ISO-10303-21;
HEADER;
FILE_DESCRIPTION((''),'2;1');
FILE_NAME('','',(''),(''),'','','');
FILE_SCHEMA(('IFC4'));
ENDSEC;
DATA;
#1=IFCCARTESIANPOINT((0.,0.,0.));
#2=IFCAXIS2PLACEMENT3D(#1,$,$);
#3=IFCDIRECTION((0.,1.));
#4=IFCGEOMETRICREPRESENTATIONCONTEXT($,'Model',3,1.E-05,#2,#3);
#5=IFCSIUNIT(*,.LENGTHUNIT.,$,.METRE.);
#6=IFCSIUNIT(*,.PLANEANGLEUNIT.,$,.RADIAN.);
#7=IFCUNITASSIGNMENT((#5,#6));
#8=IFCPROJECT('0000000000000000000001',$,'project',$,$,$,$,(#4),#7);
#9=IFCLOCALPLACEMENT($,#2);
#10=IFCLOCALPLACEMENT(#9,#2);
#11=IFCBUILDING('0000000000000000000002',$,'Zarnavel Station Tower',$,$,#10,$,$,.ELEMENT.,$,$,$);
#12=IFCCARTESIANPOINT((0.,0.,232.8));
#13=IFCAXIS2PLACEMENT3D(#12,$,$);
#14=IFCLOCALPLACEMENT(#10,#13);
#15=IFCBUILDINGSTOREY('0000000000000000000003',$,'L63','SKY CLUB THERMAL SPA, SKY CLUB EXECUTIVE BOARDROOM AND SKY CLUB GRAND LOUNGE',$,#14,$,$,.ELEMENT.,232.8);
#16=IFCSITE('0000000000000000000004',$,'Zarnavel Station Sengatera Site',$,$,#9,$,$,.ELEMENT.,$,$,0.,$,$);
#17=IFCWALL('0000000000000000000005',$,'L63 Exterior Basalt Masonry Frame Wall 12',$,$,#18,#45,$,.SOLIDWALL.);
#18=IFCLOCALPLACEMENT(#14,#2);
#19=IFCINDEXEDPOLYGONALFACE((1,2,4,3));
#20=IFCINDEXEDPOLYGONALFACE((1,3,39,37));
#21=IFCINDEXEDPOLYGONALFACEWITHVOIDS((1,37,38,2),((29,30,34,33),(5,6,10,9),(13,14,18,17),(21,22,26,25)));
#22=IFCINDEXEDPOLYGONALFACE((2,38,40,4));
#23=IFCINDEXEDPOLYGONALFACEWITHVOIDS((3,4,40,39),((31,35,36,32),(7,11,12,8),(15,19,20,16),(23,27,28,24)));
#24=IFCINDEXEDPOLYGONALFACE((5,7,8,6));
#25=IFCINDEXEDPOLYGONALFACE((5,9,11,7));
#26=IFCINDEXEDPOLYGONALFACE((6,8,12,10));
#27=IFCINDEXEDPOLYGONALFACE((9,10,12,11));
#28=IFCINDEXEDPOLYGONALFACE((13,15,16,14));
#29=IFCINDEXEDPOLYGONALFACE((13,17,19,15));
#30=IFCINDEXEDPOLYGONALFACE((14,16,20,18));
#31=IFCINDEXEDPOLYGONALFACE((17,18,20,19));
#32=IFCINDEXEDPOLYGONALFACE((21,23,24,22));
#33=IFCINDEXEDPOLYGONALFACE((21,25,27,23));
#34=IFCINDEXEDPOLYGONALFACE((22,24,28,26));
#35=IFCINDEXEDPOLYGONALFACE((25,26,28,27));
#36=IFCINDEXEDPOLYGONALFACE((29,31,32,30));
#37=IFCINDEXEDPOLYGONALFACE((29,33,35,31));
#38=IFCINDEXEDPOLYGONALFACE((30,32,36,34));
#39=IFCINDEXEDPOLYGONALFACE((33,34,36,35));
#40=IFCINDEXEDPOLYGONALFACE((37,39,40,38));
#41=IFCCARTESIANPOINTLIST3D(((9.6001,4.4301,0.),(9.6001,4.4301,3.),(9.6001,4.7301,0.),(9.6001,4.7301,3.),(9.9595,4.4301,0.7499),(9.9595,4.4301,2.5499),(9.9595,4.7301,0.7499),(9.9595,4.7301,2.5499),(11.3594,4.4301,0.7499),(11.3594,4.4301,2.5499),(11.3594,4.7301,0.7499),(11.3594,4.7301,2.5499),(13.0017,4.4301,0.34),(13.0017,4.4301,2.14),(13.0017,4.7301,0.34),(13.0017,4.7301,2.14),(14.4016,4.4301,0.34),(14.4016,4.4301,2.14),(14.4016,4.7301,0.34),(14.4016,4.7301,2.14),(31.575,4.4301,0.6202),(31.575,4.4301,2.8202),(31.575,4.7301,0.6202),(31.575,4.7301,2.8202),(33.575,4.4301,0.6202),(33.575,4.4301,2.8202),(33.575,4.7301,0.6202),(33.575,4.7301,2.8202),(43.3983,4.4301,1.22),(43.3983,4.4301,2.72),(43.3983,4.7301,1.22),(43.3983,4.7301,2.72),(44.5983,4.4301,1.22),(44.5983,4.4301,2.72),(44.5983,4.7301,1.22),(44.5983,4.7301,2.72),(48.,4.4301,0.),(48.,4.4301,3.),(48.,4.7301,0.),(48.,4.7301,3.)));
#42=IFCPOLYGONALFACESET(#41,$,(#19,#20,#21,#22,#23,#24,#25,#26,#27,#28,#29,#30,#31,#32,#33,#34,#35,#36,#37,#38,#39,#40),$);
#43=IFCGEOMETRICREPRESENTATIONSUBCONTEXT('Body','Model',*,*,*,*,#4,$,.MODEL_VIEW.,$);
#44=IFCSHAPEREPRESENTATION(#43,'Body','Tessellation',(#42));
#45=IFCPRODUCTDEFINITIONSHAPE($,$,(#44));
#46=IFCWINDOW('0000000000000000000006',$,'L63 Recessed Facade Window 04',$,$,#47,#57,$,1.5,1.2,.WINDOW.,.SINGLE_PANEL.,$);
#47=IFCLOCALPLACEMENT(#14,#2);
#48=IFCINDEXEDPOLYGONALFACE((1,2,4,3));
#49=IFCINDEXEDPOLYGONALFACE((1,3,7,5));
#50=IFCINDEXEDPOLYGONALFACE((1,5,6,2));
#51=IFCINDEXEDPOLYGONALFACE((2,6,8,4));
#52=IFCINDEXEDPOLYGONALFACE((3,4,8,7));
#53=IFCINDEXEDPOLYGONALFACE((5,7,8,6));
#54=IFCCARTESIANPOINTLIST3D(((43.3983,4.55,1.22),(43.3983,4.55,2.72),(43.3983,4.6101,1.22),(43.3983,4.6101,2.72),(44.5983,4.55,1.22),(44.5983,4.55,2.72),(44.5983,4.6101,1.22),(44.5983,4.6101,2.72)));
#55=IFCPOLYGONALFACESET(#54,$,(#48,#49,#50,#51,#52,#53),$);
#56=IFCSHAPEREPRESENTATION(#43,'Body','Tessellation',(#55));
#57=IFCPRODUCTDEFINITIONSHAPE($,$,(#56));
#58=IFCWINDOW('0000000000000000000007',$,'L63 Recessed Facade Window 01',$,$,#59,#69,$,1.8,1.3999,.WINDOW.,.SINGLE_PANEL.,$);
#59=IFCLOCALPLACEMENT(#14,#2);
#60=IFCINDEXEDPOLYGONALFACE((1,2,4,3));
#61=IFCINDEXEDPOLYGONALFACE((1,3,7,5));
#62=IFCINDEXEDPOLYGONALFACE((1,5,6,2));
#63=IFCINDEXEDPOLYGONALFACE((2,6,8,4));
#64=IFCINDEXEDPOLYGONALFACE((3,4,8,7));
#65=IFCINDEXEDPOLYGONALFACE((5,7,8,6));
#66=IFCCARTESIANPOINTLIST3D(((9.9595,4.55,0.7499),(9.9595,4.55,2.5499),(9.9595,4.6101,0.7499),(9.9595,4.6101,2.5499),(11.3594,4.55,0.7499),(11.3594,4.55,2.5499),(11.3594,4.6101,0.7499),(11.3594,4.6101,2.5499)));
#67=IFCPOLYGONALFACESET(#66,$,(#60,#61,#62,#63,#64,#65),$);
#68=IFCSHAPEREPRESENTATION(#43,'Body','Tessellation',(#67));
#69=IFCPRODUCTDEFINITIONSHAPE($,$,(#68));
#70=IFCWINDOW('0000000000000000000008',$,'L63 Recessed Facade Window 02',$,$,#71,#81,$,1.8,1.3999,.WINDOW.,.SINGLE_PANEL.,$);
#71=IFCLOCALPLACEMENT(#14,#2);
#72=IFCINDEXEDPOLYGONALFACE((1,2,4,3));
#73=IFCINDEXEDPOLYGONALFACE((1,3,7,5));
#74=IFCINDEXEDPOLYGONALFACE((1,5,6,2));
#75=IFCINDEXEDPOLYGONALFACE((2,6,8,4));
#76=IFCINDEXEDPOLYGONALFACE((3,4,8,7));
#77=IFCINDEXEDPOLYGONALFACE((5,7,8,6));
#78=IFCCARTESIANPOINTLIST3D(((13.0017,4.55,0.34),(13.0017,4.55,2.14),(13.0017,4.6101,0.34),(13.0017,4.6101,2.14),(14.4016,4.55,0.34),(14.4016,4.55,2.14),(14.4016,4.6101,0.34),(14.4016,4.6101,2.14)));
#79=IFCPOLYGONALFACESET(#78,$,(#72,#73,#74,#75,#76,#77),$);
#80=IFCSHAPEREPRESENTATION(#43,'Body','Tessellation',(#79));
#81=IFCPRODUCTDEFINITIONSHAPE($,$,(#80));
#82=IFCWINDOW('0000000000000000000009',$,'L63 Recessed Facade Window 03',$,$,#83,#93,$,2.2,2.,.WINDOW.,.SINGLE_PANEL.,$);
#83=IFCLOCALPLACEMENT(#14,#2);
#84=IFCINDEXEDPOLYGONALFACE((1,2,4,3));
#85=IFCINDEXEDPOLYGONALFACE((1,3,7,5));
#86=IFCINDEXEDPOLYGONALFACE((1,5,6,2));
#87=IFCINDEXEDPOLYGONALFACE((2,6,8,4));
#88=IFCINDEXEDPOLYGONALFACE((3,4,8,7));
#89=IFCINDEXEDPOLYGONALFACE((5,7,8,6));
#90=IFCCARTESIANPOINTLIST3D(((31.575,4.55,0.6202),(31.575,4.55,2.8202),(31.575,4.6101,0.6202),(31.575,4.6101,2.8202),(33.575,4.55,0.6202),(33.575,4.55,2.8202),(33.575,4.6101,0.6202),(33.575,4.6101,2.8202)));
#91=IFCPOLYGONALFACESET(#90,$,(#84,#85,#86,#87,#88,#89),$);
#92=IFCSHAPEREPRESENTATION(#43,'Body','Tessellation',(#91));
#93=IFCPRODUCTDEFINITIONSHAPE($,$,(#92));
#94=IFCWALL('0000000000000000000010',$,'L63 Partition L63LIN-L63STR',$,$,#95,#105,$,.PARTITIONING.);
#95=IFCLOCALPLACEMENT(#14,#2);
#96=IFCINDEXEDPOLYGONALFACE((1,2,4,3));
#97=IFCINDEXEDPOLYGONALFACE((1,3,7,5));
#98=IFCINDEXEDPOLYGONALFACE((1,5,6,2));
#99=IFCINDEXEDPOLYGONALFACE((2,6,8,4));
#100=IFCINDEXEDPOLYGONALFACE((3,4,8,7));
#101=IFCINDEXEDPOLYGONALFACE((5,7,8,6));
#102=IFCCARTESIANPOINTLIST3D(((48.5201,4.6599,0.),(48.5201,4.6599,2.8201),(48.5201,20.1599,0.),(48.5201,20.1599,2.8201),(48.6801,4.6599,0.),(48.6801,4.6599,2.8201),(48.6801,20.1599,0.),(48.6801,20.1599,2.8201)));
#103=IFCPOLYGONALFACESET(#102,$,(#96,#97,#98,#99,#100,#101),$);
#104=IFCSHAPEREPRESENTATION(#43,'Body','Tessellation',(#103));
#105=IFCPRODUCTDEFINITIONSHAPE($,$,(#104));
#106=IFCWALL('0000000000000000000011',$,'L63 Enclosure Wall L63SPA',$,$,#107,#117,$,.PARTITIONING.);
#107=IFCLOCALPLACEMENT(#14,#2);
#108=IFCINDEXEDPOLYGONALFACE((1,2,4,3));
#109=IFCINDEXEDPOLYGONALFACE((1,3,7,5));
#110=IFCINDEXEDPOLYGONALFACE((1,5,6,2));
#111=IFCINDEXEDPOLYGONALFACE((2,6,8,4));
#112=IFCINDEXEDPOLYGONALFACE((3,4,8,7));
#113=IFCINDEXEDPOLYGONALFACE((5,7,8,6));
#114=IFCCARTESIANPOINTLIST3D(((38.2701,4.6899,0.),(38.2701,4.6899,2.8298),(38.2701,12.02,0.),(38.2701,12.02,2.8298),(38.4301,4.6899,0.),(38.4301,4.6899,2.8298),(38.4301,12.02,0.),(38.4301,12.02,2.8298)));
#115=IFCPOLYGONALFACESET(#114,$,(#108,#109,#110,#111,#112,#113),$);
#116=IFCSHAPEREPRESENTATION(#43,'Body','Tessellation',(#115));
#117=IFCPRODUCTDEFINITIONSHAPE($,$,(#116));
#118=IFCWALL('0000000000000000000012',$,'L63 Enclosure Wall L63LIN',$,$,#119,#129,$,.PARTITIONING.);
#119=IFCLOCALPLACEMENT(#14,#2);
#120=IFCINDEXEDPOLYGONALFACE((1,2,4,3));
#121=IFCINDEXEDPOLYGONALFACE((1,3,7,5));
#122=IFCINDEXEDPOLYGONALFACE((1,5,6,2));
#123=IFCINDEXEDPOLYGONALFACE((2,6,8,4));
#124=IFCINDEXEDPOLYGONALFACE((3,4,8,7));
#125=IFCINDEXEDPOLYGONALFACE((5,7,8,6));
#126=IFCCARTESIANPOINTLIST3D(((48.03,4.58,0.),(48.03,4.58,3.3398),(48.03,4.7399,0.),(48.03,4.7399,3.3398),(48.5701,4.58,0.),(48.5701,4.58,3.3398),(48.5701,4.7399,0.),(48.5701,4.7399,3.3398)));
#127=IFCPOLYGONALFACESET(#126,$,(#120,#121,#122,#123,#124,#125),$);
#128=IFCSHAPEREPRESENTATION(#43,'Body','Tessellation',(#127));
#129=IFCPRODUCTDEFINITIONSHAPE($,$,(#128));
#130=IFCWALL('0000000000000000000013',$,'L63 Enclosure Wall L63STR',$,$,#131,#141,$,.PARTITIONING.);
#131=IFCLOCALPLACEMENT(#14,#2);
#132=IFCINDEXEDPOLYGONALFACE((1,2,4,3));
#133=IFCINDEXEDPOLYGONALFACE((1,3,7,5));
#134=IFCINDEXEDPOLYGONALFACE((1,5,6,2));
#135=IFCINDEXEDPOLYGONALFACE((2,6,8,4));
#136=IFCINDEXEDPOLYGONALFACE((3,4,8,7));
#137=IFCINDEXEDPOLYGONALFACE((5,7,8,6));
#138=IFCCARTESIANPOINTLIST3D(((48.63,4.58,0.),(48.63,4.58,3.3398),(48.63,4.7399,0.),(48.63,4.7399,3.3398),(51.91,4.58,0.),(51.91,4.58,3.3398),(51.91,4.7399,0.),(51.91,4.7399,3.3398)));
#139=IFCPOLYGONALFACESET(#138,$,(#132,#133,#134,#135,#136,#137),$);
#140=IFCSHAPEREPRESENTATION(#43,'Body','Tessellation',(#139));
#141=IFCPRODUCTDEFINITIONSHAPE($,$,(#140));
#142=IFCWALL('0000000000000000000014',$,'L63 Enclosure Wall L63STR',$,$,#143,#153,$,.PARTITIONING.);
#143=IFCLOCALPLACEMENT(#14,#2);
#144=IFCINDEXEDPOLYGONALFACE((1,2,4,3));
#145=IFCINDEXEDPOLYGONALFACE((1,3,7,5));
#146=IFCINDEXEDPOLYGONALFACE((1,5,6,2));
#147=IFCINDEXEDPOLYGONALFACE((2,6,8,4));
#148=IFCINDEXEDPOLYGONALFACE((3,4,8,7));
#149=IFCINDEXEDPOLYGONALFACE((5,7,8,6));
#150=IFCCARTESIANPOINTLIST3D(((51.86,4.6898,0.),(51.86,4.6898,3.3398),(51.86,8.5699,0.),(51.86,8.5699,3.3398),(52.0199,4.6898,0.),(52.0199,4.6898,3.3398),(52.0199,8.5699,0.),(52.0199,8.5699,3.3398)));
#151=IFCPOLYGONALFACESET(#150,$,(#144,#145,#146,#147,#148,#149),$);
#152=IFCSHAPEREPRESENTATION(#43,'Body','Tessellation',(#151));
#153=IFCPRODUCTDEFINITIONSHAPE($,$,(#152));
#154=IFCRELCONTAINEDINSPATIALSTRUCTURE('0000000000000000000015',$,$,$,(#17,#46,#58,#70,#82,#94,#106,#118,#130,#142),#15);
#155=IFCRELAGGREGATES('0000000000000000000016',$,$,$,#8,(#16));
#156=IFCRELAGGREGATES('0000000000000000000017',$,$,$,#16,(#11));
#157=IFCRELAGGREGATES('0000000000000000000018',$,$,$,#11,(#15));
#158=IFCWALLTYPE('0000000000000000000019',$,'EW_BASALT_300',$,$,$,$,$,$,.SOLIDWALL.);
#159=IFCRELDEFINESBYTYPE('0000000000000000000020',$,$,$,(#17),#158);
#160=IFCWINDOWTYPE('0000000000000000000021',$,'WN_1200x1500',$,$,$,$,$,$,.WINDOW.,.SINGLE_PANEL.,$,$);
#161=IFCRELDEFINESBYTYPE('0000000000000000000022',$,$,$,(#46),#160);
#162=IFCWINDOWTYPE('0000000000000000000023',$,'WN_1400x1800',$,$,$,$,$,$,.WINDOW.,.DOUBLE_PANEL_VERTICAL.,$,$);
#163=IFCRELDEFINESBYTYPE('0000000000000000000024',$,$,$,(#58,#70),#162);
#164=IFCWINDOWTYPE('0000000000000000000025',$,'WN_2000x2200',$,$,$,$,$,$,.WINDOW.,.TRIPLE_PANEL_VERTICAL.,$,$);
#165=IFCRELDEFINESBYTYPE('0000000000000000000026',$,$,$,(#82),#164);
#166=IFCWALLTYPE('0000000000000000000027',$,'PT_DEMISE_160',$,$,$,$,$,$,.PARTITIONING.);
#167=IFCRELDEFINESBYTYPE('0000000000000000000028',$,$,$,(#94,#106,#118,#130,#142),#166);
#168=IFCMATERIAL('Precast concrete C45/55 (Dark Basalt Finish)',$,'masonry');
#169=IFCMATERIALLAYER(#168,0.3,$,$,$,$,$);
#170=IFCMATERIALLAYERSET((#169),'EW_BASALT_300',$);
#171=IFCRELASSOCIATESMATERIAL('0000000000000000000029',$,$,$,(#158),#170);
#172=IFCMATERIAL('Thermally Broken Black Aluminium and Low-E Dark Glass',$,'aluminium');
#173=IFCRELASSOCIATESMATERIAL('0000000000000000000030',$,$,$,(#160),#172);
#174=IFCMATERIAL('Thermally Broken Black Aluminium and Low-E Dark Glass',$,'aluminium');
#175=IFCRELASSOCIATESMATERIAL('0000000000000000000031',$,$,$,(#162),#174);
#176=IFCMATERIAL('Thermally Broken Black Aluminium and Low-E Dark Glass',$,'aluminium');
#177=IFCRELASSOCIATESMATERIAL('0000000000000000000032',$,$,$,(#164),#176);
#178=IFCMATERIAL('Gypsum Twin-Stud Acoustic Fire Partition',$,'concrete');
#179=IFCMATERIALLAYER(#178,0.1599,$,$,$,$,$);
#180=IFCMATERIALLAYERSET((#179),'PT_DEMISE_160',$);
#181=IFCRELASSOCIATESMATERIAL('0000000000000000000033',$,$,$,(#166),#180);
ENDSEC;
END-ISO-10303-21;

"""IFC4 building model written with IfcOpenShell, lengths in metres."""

from ifc_helpers import new_model, si_unit, direction, frame, frame_2d, origin, place, context, subcontext, project, spatial, rectangle, extrude, material, layer, layer_set, type_object, element, fill, save


model = new_model("IFC4")

# Units and contexts
model_context = context("Model", 3, precision=1e-05, world=origin(), true_north=direction((0.0, 1.0)))
body_context = subcontext(model_context, "Body", "Model", "MODEL_VIEW")
ifc_project = project(units=[si_unit("LENGTHUNIT", "METRE"), si_unit("PLANEANGLEUNIT", "RADIAN")], contexts=[model_context])

# Site, building, storey
site_placement = place(None, origin())
site = spatial("IfcSite", under=ifc_project, at=site_placement, Name="Zarnavel Station Sengatera Site", CompositionType="ELEMENT", RefElevation=0.0)
building_placement = place(site_placement, origin())
building = spatial("IfcBuilding", under=site, at=building_placement, Name="Zarnavel Station Tower", CompositionType="ELEMENT")
storey_placement = place(building_placement, frame((0.0, 0.0, 232.8)))
storey = spatial("IfcBuildingStorey", under=building, at=storey_placement, Name="L63", Description="SKY CLUB THERMAL SPA, SKY CLUB EXECUTIVE BOARDROOM AND SKY CLUB GRAND LOUNGE", CompositionType="ELEMENT", Elevation=232.8)

# Shared definitions
ifc_material_1 = material(Name="Precast concrete C45/55 (Dark Basalt Finish)", Category="masonry")
ifc_layer_1 = layer(ifc_material_1, 0.3)
ifc_layer_set_1 = layer_set([ifc_layer_1], Name="EW_BASALT_300")
wall_type_1 = type_object("IfcWallType", Name="EW_BASALT_300", PredefinedType="SOLIDWALL", material=ifc_layer_set_1)

# Wall, openings, windows
wall_1_placement = place(storey_placement, frame((48.0, 4.5801, 0.0), z_axis=(0.0, 0.0, 1.0), x_axis=(-1.0, 0.0, 0.0)))
wall_1 = element("IfcWall", 1, at=wall_1_placement, inside=storey, type_object=wall_type_1, Name="L63 Exterior Basalt Masonry Frame Wall 12", PredefinedType="SOLIDWALL", context=body_context, shape_type="SweptSolid", body=[
    extrude(rectangle(XDim=38.3999, YDim=0.3, at=frame_2d((19.2, 0.0))), origin(), (0.0, 0.0, 1.0), 3.0),
])
opening_1_placement = place(wall_1_placement, frame((36.6406, 0.0, 0.75)))
opening_1 = element("IfcOpeningElement", 2, at=opening_1_placement, cuts=wall_1, PredefinedType="OPENING", context=body_context, shape_type="SweptSolid", body=[
    extrude(rectangle(XDim=1.3999, YDim=1.8, at=frame_2d((0.7, 0.8999))), frame((0.0, 0.1599, 0.0), z_axis=(0.0, -1.0, 0.0), x_axis=(1.0, 0.0, 0.0)), (0.0, 0.0, 1.0), 0.3201),
])
opening_2_placement = place(wall_1_placement, frame((33.5984, 0.0, 0.3401)))
opening_2 = element("IfcOpeningElement", 3, at=opening_2_placement, cuts=wall_1, PredefinedType="OPENING", context=body_context, shape_type="SweptSolid", body=[
    extrude(rectangle(XDim=1.3999, YDim=1.8, at=frame_2d((0.7, 0.8999))), frame((0.0, 0.1599, 0.0), z_axis=(0.0, -1.0, 0.0), x_axis=(1.0, 0.0, 0.0)), (0.0, 0.0, 1.0), 0.3201),
])
opening_3_placement = place(wall_1_placement, frame((14.425, 0.0, 0.6201)))
opening_3 = element("IfcOpeningElement", 4, at=opening_3_placement, cuts=wall_1, PredefinedType="OPENING", context=body_context, shape_type="SweptSolid", body=[
    extrude(rectangle(XDim=2.0, YDim=2.2, at=frame_2d((1.0, 1.1001))), frame((0.0, 0.1599, 0.0), z_axis=(0.0, -1.0, 0.0), x_axis=(1.0, 0.0, 0.0)), (0.0, 0.0, 1.0), 0.3201),
])
opening_4_placement = place(wall_1_placement, frame((3.4016, 0.0, 1.22)))
opening_4 = element("IfcOpeningElement", 5, at=opening_4_placement, cuts=wall_1, PredefinedType="OPENING", context=body_context, shape_type="SweptSolid", body=[
    extrude(rectangle(XDim=1.2, YDim=1.5, at=frame_2d((0.6001, 0.75))), frame((0.0, 0.1599, 0.0), z_axis=(0.0, -1.0, 0.0), x_axis=(1.0, 0.0, 0.0)), (0.0, 0.0, 1.0), 0.3201),
])
ifc_material_2 = material(Name="Thermally Broken Black Aluminium and Low-E Dark Glass", Category="aluminium")
window_type_1 = type_object("IfcWindowType", Name="WN_1200x1500", PartitioningType="SINGLE_PANEL", PredefinedType="WINDOW", material=ifc_material_2)
window_1_placement = place(opening_4_placement, origin())
window_1 = element("IfcWindow", 6, at=window_1_placement, inside=storey, type_object=window_type_1, Name="L63 Recessed Facade Window 04", OverallHeight=1.5, OverallWidth=1.2, PartitioningType="SINGLE_PANEL", PredefinedType="WINDOW", context=body_context, shape_type="SweptSolid", body=[
    extrude(rectangle(XDim=1.2, YDim=1.5, at=frame_2d((0.6001, 0.75))), frame((0.0, 0.03, 0.0), z_axis=(0.0, -1.0, 0.0), x_axis=(1.0, 0.0, 0.0)), (0.0, 0.0, 1.0), 0.0601),
])
fill(opening_4, window_1)
ifc_material_3 = material(Name="Thermally Broken Black Aluminium and Low-E Dark Glass", Category="aluminium")
window_type_2 = type_object("IfcWindowType", Name="WN_1400x1800", PartitioningType="DOUBLE_PANEL_VERTICAL", PredefinedType="WINDOW", material=ifc_material_3)
window_2_placement = place(opening_1_placement, origin())
window_2 = element("IfcWindow", 7, at=window_2_placement, inside=storey, type_object=window_type_2, Name="L63 Recessed Facade Window 01", OverallHeight=1.8, OverallWidth=1.3999, PartitioningType="SINGLE_PANEL", PredefinedType="WINDOW", context=body_context, shape_type="SweptSolid", body=[
    extrude(rectangle(XDim=1.3999, YDim=1.8, at=frame_2d((0.7, 0.8999))), frame((0.0, 0.03, 0.0), z_axis=(0.0, -1.0, 0.0), x_axis=(1.0, 0.0, 0.0)), (0.0, 0.0, 1.0), 0.0601),
])
fill(opening_1, window_2)
window_3_placement = place(opening_2_placement, origin())
window_3 = element("IfcWindow", 8, at=window_3_placement, inside=storey, type_object=window_type_2, Name="L63 Recessed Facade Window 02", OverallHeight=1.8, OverallWidth=1.3999, PartitioningType="SINGLE_PANEL", PredefinedType="WINDOW", context=body_context, shape_type="SweptSolid", body=[
    extrude(rectangle(XDim=1.3999, YDim=1.8, at=frame_2d((0.7, 0.8999))), frame((0.0, 0.03, 0.0), z_axis=(0.0, -1.0, 0.0), x_axis=(1.0, 0.0, 0.0)), (0.0, 0.0, 1.0), 0.0601),
])
fill(opening_2, window_3)
ifc_material_4 = material(Name="Thermally Broken Black Aluminium and Low-E Dark Glass", Category="aluminium")
window_type_3 = type_object("IfcWindowType", Name="WN_2000x2200", PartitioningType="TRIPLE_PANEL_VERTICAL", PredefinedType="WINDOW", material=ifc_material_4)
window_4_placement = place(opening_3_placement, origin())
window_4 = element("IfcWindow", 9, at=window_4_placement, inside=storey, type_object=window_type_3, Name="L63 Recessed Facade Window 03", OverallHeight=2.2, OverallWidth=2.0, PartitioningType="SINGLE_PANEL", PredefinedType="WINDOW", context=body_context, shape_type="SweptSolid", body=[
    extrude(rectangle(XDim=2.0, YDim=2.2, at=frame_2d((1.0, 1.1001))), frame((0.0, 0.03, 0.0), z_axis=(0.0, -1.0, 0.0), x_axis=(1.0, 0.0, 0.0)), (0.0, 0.0, 1.0), 0.0601),
])
fill(opening_3, window_4)

# Walls
ifc_material_5 = material(Name="Gypsum Twin-Stud Acoustic Fire Partition", Category="concrete")
ifc_layer_2 = layer(ifc_material_5, 0.1599)
ifc_layer_set_2 = layer_set([ifc_layer_2], Name="PT_DEMISE_160")
wall_type_2 = type_object("IfcWallType", Name="PT_DEMISE_160", PredefinedType="PARTITIONING", material=ifc_layer_set_2)
wall_2_placement = place(storey_placement, frame((48.6001, 4.6599, 0.0), z_axis=(0.0, 0.0, 1.0), x_axis=(0.0, 1.0, 0.0)))
element("IfcWall", 10, at=wall_2_placement, inside=storey, type_object=wall_type_2, Name="L63 Partition L63LIN-L63STR", PredefinedType="PARTITIONING", context=body_context, shape_type="SweptSolid", body=[
    extrude(rectangle(XDim=15.5, YDim=0.1599, at=frame_2d((7.75, 0.0))), origin(), (0.0, 0.0, 1.0), 2.8201),
])
wall_3_placement = place(storey_placement, frame((38.3501, 4.6899, 0.0), z_axis=(0.0, 0.0, 1.0), x_axis=(0.0, 1.0, 0.0)))
element("IfcWall", 11, at=wall_3_placement, inside=storey, type_object=wall_type_2, Name="L63 Enclosure Wall L63SPA", PredefinedType="PARTITIONING", context=body_context, shape_type="SweptSolid", body=[
    extrude(rectangle(XDim=7.3301, YDim=0.1599, at=frame_2d((3.665, 0.0))), origin(), (0.0, 0.0, 1.0), 2.8298),
])
wall_4_placement = place(storey_placement, frame((48.03, 4.6599, 0.0), z_axis=(0.0, 0.0, 1.0), x_axis=(1.0, 0.0, 0.0)))
element("IfcWall", 12, at=wall_4_placement, inside=storey, type_object=wall_type_2, Name="L63 Enclosure Wall L63LIN", PredefinedType="PARTITIONING", context=body_context, shape_type="SweptSolid", body=[
    extrude(rectangle(XDim=0.54, YDim=0.1599, at=frame_2d((0.27, 0.0))), origin(), (0.0, 0.0, 1.0), 3.3398),
])
wall_5_placement = place(storey_placement, frame((48.6299, 4.6599, 0.0), z_axis=(0.0, 0.0, 1.0), x_axis=(1.0, 0.0, 0.0)))
element("IfcWall", 13, at=wall_5_placement, inside=storey, type_object=wall_type_2, Name="L63 Enclosure Wall L63STR", PredefinedType="PARTITIONING", context=body_context, shape_type="SweptSolid", body=[
    extrude(rectangle(XDim=3.28, YDim=0.1599, at=frame_2d((1.6401, 0.0))), origin(), (0.0, 0.0, 1.0), 3.3398),
])
wall_6_placement = place(storey_placement, frame((51.9399, 4.6899, 0.0), z_axis=(0.0, 0.0, 1.0), x_axis=(0.0, 1.0, 0.0)))
element("IfcWall", 14, at=wall_6_placement, inside=storey, type_object=wall_type_2, Name="L63 Enclosure Wall L63STR", PredefinedType="PARTITIONING", context=body_context, shape_type="SweptSolid", body=[
    extrude(rectangle(XDim=3.8801, YDim=0.1599, at=frame_2d((1.9399, 0.0))), origin(), (0.0, 0.0, 1.0), 3.3398),
])

save(model, "model.ifc")
